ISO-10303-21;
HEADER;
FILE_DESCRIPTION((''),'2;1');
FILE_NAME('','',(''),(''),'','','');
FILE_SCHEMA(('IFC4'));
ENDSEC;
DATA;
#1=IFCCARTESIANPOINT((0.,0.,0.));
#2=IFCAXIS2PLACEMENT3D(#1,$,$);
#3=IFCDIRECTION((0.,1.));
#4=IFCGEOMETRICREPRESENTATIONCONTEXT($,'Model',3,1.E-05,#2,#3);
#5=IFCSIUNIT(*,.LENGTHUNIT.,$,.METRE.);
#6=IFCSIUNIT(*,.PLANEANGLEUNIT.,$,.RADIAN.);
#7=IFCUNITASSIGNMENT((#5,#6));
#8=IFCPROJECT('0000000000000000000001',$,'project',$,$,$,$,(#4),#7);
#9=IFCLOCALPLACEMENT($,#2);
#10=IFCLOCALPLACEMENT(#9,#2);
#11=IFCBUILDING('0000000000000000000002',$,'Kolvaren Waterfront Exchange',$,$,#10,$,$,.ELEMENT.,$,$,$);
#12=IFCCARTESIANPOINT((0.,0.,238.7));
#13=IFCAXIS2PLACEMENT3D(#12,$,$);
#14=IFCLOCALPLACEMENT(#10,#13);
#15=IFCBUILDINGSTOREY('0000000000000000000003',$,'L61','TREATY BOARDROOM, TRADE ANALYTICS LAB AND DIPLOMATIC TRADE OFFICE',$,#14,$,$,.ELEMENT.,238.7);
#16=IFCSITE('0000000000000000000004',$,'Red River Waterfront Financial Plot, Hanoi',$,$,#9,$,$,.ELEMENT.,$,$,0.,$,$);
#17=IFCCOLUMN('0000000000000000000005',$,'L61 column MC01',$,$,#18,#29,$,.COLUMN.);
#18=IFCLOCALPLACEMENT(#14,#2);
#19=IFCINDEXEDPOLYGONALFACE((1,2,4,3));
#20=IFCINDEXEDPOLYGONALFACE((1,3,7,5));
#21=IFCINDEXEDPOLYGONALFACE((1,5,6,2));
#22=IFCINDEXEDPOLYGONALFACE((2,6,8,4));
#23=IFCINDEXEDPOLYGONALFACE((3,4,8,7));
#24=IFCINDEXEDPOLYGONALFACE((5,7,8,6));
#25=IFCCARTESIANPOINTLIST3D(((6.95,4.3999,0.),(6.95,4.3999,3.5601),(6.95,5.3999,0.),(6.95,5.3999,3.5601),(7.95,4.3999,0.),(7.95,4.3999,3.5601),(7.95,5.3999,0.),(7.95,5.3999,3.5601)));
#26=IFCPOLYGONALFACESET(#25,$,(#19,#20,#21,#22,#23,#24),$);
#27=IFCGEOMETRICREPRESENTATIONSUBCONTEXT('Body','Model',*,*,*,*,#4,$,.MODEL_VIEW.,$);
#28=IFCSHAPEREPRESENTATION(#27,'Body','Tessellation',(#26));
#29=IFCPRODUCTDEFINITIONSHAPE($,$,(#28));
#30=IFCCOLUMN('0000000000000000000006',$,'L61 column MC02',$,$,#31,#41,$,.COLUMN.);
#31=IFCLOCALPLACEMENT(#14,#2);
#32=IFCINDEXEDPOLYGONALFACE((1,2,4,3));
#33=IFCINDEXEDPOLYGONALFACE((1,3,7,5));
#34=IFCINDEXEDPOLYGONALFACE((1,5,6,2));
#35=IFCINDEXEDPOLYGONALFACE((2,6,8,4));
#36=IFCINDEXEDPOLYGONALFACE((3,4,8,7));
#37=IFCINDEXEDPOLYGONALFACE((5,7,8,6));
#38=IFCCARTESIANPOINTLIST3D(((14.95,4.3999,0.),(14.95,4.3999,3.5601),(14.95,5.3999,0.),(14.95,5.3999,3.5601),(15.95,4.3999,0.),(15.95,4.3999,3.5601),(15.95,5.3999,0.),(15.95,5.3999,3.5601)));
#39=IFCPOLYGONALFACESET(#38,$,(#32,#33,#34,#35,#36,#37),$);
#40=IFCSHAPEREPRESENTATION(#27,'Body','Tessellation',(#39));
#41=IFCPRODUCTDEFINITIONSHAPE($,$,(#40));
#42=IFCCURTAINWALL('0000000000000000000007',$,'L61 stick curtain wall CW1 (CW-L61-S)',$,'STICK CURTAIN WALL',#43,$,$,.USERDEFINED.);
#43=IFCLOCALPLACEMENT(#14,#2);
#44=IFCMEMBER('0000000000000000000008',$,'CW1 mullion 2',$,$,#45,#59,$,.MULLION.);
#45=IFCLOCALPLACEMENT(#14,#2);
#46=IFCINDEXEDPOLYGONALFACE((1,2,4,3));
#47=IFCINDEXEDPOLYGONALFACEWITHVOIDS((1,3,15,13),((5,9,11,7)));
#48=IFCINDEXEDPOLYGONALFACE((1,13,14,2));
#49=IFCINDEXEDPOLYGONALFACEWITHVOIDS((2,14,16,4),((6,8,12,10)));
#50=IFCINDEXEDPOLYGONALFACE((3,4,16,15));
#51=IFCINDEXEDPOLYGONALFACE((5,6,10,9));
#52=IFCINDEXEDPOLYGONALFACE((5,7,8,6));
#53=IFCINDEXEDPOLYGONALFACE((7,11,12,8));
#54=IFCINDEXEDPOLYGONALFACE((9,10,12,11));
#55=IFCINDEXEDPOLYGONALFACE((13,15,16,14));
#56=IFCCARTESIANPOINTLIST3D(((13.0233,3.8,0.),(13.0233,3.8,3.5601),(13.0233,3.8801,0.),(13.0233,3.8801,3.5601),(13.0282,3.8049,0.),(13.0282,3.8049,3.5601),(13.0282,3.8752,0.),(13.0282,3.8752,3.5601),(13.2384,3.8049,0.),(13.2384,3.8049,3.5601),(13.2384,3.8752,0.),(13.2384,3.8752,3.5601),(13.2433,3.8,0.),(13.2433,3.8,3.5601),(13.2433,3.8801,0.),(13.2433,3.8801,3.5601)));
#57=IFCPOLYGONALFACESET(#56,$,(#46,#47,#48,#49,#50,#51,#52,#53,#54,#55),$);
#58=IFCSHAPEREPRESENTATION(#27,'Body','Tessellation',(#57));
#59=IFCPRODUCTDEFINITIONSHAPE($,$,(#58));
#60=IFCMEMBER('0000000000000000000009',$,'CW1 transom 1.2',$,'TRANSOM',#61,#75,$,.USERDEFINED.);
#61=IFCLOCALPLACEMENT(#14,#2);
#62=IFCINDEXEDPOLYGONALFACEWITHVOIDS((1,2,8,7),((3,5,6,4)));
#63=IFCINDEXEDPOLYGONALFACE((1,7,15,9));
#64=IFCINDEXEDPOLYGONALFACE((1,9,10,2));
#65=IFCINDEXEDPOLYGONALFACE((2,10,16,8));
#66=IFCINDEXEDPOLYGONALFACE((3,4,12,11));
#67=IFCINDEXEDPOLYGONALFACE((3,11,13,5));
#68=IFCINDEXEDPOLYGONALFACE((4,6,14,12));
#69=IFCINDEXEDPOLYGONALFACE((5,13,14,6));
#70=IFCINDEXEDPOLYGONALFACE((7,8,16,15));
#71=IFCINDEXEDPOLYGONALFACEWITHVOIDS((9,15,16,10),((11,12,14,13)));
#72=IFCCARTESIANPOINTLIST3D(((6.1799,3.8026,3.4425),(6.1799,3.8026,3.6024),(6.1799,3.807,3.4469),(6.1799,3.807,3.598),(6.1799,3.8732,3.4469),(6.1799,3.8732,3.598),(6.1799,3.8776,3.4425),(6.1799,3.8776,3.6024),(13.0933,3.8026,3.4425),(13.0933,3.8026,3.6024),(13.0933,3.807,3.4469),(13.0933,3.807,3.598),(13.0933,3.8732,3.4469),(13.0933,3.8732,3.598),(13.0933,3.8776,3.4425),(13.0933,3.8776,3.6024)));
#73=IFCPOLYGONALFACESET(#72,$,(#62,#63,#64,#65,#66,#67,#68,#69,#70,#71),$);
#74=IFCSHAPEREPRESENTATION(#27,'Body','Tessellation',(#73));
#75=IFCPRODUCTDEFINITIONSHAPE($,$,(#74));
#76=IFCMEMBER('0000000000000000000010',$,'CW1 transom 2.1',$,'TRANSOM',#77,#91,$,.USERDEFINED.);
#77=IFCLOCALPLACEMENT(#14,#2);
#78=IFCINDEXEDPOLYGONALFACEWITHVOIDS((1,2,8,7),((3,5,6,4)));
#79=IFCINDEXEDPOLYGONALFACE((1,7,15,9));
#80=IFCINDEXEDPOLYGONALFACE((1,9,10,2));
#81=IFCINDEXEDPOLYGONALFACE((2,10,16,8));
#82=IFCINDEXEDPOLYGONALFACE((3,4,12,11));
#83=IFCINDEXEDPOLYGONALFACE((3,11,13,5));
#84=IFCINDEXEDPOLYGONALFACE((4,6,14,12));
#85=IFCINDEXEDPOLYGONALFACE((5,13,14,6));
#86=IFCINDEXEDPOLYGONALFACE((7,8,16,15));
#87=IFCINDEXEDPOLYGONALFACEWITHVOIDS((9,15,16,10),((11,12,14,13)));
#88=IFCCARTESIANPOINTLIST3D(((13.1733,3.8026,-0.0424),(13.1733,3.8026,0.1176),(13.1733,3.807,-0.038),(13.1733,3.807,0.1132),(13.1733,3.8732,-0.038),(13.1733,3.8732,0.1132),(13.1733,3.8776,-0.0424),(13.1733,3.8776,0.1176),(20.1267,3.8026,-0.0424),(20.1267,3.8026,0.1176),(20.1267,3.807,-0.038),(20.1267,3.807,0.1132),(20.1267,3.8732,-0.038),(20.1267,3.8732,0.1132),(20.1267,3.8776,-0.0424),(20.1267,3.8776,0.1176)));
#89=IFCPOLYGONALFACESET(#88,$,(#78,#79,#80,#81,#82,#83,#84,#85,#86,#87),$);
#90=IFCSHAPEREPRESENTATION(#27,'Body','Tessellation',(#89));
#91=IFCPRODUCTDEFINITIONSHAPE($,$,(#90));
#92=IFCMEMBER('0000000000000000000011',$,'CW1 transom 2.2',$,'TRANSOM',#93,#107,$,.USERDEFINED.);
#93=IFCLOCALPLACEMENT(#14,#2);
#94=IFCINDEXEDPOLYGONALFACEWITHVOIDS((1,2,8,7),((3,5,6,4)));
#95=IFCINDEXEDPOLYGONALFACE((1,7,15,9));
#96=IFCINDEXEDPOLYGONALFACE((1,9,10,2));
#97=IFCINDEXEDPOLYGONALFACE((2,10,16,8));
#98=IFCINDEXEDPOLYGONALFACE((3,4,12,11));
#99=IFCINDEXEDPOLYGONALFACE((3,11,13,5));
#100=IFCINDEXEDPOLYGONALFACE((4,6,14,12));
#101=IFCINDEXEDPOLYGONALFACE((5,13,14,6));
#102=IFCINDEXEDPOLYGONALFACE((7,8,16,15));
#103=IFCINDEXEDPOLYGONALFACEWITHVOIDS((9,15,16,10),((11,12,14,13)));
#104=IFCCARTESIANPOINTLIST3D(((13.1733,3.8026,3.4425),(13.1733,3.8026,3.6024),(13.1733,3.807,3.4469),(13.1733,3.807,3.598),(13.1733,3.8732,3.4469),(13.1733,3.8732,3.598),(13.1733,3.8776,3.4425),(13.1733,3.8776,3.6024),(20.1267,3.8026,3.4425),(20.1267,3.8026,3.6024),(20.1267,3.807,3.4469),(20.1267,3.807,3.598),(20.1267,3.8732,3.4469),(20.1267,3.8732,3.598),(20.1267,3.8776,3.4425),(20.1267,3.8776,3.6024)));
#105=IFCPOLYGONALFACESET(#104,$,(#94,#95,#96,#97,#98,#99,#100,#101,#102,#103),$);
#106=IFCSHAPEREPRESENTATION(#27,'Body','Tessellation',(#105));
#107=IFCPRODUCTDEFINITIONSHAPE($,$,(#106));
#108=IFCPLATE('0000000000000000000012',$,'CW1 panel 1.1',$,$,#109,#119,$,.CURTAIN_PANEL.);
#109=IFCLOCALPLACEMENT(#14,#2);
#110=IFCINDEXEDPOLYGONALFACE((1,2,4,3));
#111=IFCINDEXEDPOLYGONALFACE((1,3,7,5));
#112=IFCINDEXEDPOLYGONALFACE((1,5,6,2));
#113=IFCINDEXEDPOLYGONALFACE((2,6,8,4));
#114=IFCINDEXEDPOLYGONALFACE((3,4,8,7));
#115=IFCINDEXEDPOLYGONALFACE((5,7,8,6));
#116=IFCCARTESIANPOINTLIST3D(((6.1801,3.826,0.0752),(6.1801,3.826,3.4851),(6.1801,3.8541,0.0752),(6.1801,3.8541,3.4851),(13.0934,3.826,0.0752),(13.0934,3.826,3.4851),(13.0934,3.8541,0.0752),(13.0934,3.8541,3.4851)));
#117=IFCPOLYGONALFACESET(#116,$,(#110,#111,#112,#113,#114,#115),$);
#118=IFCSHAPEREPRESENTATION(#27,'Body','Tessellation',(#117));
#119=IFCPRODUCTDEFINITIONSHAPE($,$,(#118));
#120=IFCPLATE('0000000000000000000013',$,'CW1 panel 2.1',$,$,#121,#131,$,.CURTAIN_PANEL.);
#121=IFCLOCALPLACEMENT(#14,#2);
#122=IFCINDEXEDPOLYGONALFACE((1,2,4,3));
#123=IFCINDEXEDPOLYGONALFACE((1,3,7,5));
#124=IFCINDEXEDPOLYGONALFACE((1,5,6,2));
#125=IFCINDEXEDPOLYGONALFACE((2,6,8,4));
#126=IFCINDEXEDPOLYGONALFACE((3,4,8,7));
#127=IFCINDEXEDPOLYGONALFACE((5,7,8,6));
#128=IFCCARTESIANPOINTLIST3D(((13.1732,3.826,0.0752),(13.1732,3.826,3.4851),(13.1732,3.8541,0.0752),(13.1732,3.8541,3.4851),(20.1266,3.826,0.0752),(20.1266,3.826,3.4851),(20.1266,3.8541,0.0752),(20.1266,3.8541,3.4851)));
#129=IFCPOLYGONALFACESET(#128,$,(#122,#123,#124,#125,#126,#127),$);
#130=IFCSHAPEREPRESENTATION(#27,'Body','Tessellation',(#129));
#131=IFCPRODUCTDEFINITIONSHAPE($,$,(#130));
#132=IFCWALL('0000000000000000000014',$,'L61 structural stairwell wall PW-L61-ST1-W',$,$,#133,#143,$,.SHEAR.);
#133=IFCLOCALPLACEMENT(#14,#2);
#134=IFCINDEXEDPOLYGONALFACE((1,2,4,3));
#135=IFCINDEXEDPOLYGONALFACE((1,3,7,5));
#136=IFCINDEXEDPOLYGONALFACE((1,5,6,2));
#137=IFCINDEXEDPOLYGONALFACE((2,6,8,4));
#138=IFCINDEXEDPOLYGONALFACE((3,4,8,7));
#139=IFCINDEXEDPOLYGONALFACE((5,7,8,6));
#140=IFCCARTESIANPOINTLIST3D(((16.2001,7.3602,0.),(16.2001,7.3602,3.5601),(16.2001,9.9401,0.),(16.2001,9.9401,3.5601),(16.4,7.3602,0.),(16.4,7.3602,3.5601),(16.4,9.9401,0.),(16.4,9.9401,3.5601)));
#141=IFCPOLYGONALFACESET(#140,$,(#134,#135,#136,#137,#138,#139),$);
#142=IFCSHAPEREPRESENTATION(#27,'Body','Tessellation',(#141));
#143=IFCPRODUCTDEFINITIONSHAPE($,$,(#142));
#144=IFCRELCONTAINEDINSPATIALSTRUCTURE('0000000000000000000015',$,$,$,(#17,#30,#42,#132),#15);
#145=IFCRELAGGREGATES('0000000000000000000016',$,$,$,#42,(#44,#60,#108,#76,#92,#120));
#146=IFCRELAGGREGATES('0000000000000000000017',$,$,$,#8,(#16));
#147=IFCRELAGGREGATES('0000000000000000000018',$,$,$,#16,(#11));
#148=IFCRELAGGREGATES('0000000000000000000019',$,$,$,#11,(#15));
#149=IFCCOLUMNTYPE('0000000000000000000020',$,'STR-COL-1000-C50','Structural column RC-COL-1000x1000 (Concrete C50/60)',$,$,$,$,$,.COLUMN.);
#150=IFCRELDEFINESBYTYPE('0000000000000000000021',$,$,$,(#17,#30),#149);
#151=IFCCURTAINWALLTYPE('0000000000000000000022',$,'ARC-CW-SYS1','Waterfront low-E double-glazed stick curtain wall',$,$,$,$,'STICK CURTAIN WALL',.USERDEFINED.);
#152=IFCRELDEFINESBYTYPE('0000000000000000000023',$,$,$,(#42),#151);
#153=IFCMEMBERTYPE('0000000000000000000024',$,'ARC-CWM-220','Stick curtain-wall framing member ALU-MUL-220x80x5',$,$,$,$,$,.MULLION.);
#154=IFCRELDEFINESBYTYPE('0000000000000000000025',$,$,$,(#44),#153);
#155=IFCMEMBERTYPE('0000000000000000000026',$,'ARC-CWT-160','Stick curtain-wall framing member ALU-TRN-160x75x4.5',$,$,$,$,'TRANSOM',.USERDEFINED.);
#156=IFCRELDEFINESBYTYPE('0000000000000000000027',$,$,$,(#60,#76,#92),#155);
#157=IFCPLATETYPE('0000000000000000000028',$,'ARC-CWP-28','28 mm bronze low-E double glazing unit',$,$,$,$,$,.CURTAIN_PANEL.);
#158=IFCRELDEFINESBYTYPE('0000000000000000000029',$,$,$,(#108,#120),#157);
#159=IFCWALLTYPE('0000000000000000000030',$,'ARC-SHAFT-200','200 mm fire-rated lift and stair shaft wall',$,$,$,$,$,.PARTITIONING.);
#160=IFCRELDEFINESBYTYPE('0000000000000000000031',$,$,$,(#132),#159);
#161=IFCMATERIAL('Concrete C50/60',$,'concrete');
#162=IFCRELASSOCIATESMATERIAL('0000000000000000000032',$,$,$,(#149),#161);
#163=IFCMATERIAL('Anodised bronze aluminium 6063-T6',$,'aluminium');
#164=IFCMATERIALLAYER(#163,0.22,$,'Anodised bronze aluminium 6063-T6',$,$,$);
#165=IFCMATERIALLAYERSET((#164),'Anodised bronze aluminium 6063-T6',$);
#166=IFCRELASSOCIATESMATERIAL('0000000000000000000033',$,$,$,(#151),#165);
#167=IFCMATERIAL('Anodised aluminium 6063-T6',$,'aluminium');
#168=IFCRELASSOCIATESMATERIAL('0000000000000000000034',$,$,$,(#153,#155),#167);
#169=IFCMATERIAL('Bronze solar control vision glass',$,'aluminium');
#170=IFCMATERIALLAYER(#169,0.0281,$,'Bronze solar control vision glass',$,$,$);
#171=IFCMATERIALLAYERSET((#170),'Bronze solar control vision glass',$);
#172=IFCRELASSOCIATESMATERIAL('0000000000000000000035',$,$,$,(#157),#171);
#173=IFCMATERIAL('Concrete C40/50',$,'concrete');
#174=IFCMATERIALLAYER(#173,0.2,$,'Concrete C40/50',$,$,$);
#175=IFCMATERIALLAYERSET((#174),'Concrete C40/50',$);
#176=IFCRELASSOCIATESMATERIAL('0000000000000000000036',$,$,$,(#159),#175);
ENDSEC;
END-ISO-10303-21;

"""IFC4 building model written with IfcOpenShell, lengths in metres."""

from ifc_helpers import new_model, si_unit, direction, frame, frame_2d, origin, origin_with_axes, origin_2d, place, context, subcontext, project, spatial, rectangle, hollow_rectangle, extrude, source, transform, mapped, material, layer, layer_set, material_profile, profile_set, type_object, element, aggregate, save


model = new_model("IFC4")

# Units and contexts
model_context = context("Model", 3, precision=1e-05, world=origin(), true_north=direction((0.0, 1.0)))
body_context = subcontext(model_context, "Body", "Model", "MODEL_VIEW")
ifc_project = project(units=[si_unit("LENGTHUNIT", "METRE"), si_unit("PLANEANGLEUNIT", "RADIAN")], contexts=[model_context])

# Site, building, storey
site_placement = place(None, origin())
site = spatial("IfcSite", under=ifc_project, at=site_placement, Name="Red River Waterfront Financial Plot, Hanoi", CompositionType="ELEMENT", RefElevation=0.0)
building_placement = place(site_placement, origin())
building = spatial("IfcBuilding", under=site, at=building_placement, Name="Kolvaren Waterfront Exchange", CompositionType="ELEMENT")
storey_placement = place(building_placement, frame((0.0, 0.0, 238.7)))
storey = spatial("IfcBuildingStorey", under=building, at=storey_placement, Name="L61", Description="TREATY BOARDROOM, TRADE ANALYTICS LAB AND DIPLOMATIC TRADE OFFICE", CompositionType="ELEMENT", Elevation=238.7)

# Columns
ifc_material_1 = material(Name="Concrete C50/60", Category="concrete")
ifc_material_profile_1 = material_profile(ifc_material_1, rectangle(XDim=1.0, YDim=1.0, at=origin_2d()), Name="RC-COL-1000x1000")
ifc_profile_set_1 = profile_set([ifc_material_profile_1], Name="Concrete C50/60")
column_type = type_object("IfcColumnType", Name="STR-COL-1000-C50", Description="Structural column RC-COL-1000x1000 (Concrete C50/60)", PredefinedType="COLUMN", material=ifc_profile_set_1)
for number, where, z_axis, x_axis, name in (
    (1, (7.45, 4.8999, 0.0), (0.0, 0.0, 1.0), (1.0, 0.0, 0.0), "L61 column MC01"),
    (2, (15.45, 4.8999, 0.0), (0.0, 0.0, 1.0), (1.0, 0.0, 0.0), "L61 column MC02"),
):
    element("IfcColumn", number, at=place(storey_placement, frame(where, z_axis=z_axis, x_axis=x_axis)), inside=storey, type_object=column_type, Name=name, PredefinedType="COLUMN", context=body_context, shape_type="SweptSolid", body=[
        extrude(rectangle(XDim=1.0, YDim=1.0, at=origin_2d()), origin(), (0.0, 0.0, 1.0), 3.5601),
    ])

# Curtain wall, members, plates
ifc_material_2 = material(Name="Anodised bronze aluminium 6063-T6", Category="aluminium")
ifc_layer_1 = layer(ifc_material_2, 0.22, Name="Anodised bronze aluminium 6063-T6")
ifc_layer_set_1 = layer_set([ifc_layer_1], Name="Anodised bronze aluminium 6063-T6")
curtain_wall_type = type_object("IfcCurtainWallType", Name="ARC-CW-SYS1", Description="Waterfront low-E double-glazed stick curtain wall", ElementType="STICK CURTAIN WALL", PredefinedType="USERDEFINED", material=ifc_layer_set_1)
curtain_wall_placement = place(storey_placement, origin())
curtain_wall = element("IfcCurtainWall", 3, at=curtain_wall_placement, inside=storey, type_object=curtain_wall_type, Name="L61 stick curtain wall CW1 (CW-L61-S)", ObjectType="STICK CURTAIN WALL", PredefinedType="USERDEFINED")
ifc_material_3 = material(Name="Anodised aluminium 6063-T6", Category="aluminium")
ifc_material_profile_2 = material_profile(ifc_material_3, hollow_rectangle(XDim=0.0801, YDim=0.22, WallThickness=0.0049, at=origin_2d()), Name="ALU-MUL-220x80x5")
ifc_profile_set_2 = profile_set([ifc_material_profile_2], Name="Anodised aluminium 6063-T6")
member_type_1 = type_object("IfcMemberType", Name="ARC-CWM-220", Description="Stick curtain-wall framing member ALU-MUL-220x80x5", PredefinedType="MULLION", material=ifc_profile_set_2)
shared_shape_1 = source(origin_with_axes(), body_context, "Body", "SweptSolid", [
    extrude(hollow_rectangle(XDim=0.0801, YDim=0.22, WallThickness=0.0049, at=origin_2d()), origin(), (0.0, 0.0, 1.0), 3.5601),
])
member_1_placement = place(storey_placement, frame((13.1333, 3.8401, 0.0), z_axis=(0.0, 0.0, 1.0), x_axis=(0.0, 1.0, 0.0)))
member_1 = element("IfcMember", 4, at=member_1_placement, type_object=member_type_1, Name="CW1 mullion 2", PredefinedType="MULLION", context=body_context, shape_type="MappedRepresentation", body=[
    mapped(shared_shape_1, transform((0.0, 0.0, 0.0), x_axis=(1.0, 0.0, 0.0), y_axis=(0.0, 1.0, 0.0), z_axis=(0.0, 0.0, 1.0), scale=1.0)),
])
ifc_material_profile_3 = material_profile(ifc_material_3, hollow_rectangle(XDim=0.075, YDim=0.1599, WallThickness=0.0044, at=origin_2d()), Name="ALU-TRN-160x75x4.5")
ifc_profile_set_3 = profile_set([ifc_material_profile_3], Name="Anodised aluminium 6063-T6")
member_type_2 = type_object("IfcMemberType", Name="ARC-CWT-160", Description="Stick curtain-wall framing member ALU-TRN-160x75x4.5", ElementType="TRANSOM", PredefinedType="USERDEFINED", material=ifc_profile_set_3)
shared_shape_2 = source(origin_with_axes(), body_context, "Body", "SweptSolid", [
    extrude(hollow_rectangle(XDim=0.075, YDim=0.1599, WallThickness=0.0044, at=origin_2d()), origin(), (0.0, 0.0, 1.0), 6.9133),
])
member_2_placement = place(storey_placement, frame((6.1799, 3.8401, 3.5225), z_axis=(1.0, 0.0, 0.0), x_axis=(0.0, 1.0, 0.0)))
member_2 = element("IfcMember", 5, at=member_2_placement, type_object=member_type_2, Name="CW1 transom 1.2", ObjectType="TRANSOM", PredefinedType="USERDEFINED", context=body_context, shape_type="MappedRepresentation", body=[
    mapped(shared_shape_2, transform((0.0, 0.0, 0.0), x_axis=(1.0, 0.0, 0.0), y_axis=(0.0, 1.0, 0.0), z_axis=(0.0, 0.0, 1.0), scale=1.0)),
])
shared_shape_3 = source(origin_with_axes(), body_context, "Body", "SweptSolid", [
    extrude(hollow_rectangle(XDim=0.075, YDim=0.1599, WallThickness=0.0044, at=origin_2d()), origin(), (0.0, 0.0, 1.0), 6.9534),
])
member_3_placement = place(storey_placement, frame((13.1733, 3.8401, 0.0376), z_axis=(1.0, 0.0, 0.0), x_axis=(0.0, 1.0, 0.0)))
member_3 = element("IfcMember", 6, at=member_3_placement, type_object=member_type_2, Name="CW1 transom 2.1", ObjectType="TRANSOM", PredefinedType="USERDEFINED", context=body_context, shape_type="MappedRepresentation", body=[
    mapped(shared_shape_3, transform((0.0, 0.0, 0.0), x_axis=(1.0, 0.0, 0.0), y_axis=(0.0, 1.0, 0.0), z_axis=(0.0, 0.0, 1.0), scale=1.0)),
])
member_4_placement = place(storey_placement, frame((13.1733, 3.8401, 3.5225), z_axis=(1.0, 0.0, 0.0), x_axis=(0.0, 1.0, 0.0)))
member_4 = element("IfcMember", 7, at=member_4_placement, type_object=member_type_2, Name="CW1 transom 2.2", ObjectType="TRANSOM", PredefinedType="USERDEFINED", context=body_context, shape_type="MappedRepresentation", body=[
    mapped(shared_shape_3, transform((0.0, 0.0, 0.0), x_axis=(1.0, 0.0, 0.0), y_axis=(0.0, 1.0, 0.0), z_axis=(0.0, 0.0, 1.0), scale=1.0)),
])
ifc_material_4 = material(Name="Bronze solar control vision glass", Category="aluminium")
ifc_layer_2 = layer(ifc_material_4, 0.0281, Name="Bronze solar control vision glass")
ifc_layer_set_2 = layer_set([ifc_layer_2], Name="Bronze solar control vision glass")
plate_type = type_object("IfcPlateType", Name="ARC-CWP-28", Description="28 mm bronze low-E double glazing unit", PredefinedType="CURTAIN_PANEL", material=ifc_layer_set_2)
shared_shape_4 = source(origin_with_axes(), body_context, "Body", "SweptSolid", [
    extrude(rectangle(XDim=6.9133, YDim=0.0281, at=origin_2d()), origin(), (0.0, 0.0, 1.0), 3.4099),
])
plate_1_placement = place(storey_placement, frame((9.6367, 3.8401, 0.0752), z_axis=(0.0, 0.0, 1.0), x_axis=(1.0, 0.0, 0.0)))
plate_1 = element("IfcPlate", 8, at=plate_1_placement, type_object=plate_type, Name="CW1 panel 1.1", PredefinedType="CURTAIN_PANEL", context=body_context, shape_type="MappedRepresentation", body=[
    mapped(shared_shape_4, transform((0.0, 0.0, 0.0), x_axis=(1.0, 0.0, 0.0), y_axis=(0.0, 1.0, 0.0), z_axis=(0.0, 0.0, 1.0), scale=1.0)),
])
shared_shape_5 = source(origin_with_axes(), body_context, "Body", "SweptSolid", [
    extrude(rectangle(XDim=6.9534, YDim=0.0281, at=origin_2d()), origin(), (0.0, 0.0, 1.0), 3.4099),
])
plate_2_placement = place(storey_placement, frame((16.6499, 3.8401, 0.0752), z_axis=(0.0, 0.0, 1.0), x_axis=(1.0, 0.0, 0.0)))
plate_2 = element("IfcPlate", 9, at=plate_2_placement, type_object=plate_type, Name="CW1 panel 2.1", PredefinedType="CURTAIN_PANEL", context=body_context, shape_type="MappedRepresentation", body=[
    mapped(shared_shape_5, transform((0.0, 0.0, 0.0), x_axis=(1.0, 0.0, 0.0), y_axis=(0.0, 1.0, 0.0), z_axis=(0.0, 0.0, 1.0), scale=1.0)),
])
aggregate(curtain_wall, [member_1, member_2, plate_1, member_3, member_4, plate_2])

# Wall
ifc_material_5 = material(Name="Concrete C40/50", Category="concrete")
ifc_layer_3 = layer(ifc_material_5, 0.2, Name="Concrete C40/50")
ifc_layer_set_3 = layer_set([ifc_layer_3], Name="Concrete C40/50")
wall_type_1 = type_object("IfcWallType", Name="ARC-SHAFT-200", Description="200 mm fire-rated lift and stair shaft wall", PredefinedType="PARTITIONING", material=ifc_layer_set_3)
wall_1_placement = place(storey_placement, frame((16.3, 7.3601, 0.0), z_axis=(0.0, 0.0, 1.0), x_axis=(0.0, 1.0, 0.0)))
element("IfcWall", 10, at=wall_1_placement, inside=storey, type_object=wall_type_1, Name="L61 structural stairwell wall PW-L61-ST1-W", PredefinedType="SHEAR", context=body_context, shape_type="SweptSolid", body=[
    extrude(rectangle(XDim=2.5798, YDim=0.2, at=frame_2d((1.29, 0.0))), origin(), (0.0, 0.0, 1.0), 3.5601),
])

save(model, "model.ifc")
